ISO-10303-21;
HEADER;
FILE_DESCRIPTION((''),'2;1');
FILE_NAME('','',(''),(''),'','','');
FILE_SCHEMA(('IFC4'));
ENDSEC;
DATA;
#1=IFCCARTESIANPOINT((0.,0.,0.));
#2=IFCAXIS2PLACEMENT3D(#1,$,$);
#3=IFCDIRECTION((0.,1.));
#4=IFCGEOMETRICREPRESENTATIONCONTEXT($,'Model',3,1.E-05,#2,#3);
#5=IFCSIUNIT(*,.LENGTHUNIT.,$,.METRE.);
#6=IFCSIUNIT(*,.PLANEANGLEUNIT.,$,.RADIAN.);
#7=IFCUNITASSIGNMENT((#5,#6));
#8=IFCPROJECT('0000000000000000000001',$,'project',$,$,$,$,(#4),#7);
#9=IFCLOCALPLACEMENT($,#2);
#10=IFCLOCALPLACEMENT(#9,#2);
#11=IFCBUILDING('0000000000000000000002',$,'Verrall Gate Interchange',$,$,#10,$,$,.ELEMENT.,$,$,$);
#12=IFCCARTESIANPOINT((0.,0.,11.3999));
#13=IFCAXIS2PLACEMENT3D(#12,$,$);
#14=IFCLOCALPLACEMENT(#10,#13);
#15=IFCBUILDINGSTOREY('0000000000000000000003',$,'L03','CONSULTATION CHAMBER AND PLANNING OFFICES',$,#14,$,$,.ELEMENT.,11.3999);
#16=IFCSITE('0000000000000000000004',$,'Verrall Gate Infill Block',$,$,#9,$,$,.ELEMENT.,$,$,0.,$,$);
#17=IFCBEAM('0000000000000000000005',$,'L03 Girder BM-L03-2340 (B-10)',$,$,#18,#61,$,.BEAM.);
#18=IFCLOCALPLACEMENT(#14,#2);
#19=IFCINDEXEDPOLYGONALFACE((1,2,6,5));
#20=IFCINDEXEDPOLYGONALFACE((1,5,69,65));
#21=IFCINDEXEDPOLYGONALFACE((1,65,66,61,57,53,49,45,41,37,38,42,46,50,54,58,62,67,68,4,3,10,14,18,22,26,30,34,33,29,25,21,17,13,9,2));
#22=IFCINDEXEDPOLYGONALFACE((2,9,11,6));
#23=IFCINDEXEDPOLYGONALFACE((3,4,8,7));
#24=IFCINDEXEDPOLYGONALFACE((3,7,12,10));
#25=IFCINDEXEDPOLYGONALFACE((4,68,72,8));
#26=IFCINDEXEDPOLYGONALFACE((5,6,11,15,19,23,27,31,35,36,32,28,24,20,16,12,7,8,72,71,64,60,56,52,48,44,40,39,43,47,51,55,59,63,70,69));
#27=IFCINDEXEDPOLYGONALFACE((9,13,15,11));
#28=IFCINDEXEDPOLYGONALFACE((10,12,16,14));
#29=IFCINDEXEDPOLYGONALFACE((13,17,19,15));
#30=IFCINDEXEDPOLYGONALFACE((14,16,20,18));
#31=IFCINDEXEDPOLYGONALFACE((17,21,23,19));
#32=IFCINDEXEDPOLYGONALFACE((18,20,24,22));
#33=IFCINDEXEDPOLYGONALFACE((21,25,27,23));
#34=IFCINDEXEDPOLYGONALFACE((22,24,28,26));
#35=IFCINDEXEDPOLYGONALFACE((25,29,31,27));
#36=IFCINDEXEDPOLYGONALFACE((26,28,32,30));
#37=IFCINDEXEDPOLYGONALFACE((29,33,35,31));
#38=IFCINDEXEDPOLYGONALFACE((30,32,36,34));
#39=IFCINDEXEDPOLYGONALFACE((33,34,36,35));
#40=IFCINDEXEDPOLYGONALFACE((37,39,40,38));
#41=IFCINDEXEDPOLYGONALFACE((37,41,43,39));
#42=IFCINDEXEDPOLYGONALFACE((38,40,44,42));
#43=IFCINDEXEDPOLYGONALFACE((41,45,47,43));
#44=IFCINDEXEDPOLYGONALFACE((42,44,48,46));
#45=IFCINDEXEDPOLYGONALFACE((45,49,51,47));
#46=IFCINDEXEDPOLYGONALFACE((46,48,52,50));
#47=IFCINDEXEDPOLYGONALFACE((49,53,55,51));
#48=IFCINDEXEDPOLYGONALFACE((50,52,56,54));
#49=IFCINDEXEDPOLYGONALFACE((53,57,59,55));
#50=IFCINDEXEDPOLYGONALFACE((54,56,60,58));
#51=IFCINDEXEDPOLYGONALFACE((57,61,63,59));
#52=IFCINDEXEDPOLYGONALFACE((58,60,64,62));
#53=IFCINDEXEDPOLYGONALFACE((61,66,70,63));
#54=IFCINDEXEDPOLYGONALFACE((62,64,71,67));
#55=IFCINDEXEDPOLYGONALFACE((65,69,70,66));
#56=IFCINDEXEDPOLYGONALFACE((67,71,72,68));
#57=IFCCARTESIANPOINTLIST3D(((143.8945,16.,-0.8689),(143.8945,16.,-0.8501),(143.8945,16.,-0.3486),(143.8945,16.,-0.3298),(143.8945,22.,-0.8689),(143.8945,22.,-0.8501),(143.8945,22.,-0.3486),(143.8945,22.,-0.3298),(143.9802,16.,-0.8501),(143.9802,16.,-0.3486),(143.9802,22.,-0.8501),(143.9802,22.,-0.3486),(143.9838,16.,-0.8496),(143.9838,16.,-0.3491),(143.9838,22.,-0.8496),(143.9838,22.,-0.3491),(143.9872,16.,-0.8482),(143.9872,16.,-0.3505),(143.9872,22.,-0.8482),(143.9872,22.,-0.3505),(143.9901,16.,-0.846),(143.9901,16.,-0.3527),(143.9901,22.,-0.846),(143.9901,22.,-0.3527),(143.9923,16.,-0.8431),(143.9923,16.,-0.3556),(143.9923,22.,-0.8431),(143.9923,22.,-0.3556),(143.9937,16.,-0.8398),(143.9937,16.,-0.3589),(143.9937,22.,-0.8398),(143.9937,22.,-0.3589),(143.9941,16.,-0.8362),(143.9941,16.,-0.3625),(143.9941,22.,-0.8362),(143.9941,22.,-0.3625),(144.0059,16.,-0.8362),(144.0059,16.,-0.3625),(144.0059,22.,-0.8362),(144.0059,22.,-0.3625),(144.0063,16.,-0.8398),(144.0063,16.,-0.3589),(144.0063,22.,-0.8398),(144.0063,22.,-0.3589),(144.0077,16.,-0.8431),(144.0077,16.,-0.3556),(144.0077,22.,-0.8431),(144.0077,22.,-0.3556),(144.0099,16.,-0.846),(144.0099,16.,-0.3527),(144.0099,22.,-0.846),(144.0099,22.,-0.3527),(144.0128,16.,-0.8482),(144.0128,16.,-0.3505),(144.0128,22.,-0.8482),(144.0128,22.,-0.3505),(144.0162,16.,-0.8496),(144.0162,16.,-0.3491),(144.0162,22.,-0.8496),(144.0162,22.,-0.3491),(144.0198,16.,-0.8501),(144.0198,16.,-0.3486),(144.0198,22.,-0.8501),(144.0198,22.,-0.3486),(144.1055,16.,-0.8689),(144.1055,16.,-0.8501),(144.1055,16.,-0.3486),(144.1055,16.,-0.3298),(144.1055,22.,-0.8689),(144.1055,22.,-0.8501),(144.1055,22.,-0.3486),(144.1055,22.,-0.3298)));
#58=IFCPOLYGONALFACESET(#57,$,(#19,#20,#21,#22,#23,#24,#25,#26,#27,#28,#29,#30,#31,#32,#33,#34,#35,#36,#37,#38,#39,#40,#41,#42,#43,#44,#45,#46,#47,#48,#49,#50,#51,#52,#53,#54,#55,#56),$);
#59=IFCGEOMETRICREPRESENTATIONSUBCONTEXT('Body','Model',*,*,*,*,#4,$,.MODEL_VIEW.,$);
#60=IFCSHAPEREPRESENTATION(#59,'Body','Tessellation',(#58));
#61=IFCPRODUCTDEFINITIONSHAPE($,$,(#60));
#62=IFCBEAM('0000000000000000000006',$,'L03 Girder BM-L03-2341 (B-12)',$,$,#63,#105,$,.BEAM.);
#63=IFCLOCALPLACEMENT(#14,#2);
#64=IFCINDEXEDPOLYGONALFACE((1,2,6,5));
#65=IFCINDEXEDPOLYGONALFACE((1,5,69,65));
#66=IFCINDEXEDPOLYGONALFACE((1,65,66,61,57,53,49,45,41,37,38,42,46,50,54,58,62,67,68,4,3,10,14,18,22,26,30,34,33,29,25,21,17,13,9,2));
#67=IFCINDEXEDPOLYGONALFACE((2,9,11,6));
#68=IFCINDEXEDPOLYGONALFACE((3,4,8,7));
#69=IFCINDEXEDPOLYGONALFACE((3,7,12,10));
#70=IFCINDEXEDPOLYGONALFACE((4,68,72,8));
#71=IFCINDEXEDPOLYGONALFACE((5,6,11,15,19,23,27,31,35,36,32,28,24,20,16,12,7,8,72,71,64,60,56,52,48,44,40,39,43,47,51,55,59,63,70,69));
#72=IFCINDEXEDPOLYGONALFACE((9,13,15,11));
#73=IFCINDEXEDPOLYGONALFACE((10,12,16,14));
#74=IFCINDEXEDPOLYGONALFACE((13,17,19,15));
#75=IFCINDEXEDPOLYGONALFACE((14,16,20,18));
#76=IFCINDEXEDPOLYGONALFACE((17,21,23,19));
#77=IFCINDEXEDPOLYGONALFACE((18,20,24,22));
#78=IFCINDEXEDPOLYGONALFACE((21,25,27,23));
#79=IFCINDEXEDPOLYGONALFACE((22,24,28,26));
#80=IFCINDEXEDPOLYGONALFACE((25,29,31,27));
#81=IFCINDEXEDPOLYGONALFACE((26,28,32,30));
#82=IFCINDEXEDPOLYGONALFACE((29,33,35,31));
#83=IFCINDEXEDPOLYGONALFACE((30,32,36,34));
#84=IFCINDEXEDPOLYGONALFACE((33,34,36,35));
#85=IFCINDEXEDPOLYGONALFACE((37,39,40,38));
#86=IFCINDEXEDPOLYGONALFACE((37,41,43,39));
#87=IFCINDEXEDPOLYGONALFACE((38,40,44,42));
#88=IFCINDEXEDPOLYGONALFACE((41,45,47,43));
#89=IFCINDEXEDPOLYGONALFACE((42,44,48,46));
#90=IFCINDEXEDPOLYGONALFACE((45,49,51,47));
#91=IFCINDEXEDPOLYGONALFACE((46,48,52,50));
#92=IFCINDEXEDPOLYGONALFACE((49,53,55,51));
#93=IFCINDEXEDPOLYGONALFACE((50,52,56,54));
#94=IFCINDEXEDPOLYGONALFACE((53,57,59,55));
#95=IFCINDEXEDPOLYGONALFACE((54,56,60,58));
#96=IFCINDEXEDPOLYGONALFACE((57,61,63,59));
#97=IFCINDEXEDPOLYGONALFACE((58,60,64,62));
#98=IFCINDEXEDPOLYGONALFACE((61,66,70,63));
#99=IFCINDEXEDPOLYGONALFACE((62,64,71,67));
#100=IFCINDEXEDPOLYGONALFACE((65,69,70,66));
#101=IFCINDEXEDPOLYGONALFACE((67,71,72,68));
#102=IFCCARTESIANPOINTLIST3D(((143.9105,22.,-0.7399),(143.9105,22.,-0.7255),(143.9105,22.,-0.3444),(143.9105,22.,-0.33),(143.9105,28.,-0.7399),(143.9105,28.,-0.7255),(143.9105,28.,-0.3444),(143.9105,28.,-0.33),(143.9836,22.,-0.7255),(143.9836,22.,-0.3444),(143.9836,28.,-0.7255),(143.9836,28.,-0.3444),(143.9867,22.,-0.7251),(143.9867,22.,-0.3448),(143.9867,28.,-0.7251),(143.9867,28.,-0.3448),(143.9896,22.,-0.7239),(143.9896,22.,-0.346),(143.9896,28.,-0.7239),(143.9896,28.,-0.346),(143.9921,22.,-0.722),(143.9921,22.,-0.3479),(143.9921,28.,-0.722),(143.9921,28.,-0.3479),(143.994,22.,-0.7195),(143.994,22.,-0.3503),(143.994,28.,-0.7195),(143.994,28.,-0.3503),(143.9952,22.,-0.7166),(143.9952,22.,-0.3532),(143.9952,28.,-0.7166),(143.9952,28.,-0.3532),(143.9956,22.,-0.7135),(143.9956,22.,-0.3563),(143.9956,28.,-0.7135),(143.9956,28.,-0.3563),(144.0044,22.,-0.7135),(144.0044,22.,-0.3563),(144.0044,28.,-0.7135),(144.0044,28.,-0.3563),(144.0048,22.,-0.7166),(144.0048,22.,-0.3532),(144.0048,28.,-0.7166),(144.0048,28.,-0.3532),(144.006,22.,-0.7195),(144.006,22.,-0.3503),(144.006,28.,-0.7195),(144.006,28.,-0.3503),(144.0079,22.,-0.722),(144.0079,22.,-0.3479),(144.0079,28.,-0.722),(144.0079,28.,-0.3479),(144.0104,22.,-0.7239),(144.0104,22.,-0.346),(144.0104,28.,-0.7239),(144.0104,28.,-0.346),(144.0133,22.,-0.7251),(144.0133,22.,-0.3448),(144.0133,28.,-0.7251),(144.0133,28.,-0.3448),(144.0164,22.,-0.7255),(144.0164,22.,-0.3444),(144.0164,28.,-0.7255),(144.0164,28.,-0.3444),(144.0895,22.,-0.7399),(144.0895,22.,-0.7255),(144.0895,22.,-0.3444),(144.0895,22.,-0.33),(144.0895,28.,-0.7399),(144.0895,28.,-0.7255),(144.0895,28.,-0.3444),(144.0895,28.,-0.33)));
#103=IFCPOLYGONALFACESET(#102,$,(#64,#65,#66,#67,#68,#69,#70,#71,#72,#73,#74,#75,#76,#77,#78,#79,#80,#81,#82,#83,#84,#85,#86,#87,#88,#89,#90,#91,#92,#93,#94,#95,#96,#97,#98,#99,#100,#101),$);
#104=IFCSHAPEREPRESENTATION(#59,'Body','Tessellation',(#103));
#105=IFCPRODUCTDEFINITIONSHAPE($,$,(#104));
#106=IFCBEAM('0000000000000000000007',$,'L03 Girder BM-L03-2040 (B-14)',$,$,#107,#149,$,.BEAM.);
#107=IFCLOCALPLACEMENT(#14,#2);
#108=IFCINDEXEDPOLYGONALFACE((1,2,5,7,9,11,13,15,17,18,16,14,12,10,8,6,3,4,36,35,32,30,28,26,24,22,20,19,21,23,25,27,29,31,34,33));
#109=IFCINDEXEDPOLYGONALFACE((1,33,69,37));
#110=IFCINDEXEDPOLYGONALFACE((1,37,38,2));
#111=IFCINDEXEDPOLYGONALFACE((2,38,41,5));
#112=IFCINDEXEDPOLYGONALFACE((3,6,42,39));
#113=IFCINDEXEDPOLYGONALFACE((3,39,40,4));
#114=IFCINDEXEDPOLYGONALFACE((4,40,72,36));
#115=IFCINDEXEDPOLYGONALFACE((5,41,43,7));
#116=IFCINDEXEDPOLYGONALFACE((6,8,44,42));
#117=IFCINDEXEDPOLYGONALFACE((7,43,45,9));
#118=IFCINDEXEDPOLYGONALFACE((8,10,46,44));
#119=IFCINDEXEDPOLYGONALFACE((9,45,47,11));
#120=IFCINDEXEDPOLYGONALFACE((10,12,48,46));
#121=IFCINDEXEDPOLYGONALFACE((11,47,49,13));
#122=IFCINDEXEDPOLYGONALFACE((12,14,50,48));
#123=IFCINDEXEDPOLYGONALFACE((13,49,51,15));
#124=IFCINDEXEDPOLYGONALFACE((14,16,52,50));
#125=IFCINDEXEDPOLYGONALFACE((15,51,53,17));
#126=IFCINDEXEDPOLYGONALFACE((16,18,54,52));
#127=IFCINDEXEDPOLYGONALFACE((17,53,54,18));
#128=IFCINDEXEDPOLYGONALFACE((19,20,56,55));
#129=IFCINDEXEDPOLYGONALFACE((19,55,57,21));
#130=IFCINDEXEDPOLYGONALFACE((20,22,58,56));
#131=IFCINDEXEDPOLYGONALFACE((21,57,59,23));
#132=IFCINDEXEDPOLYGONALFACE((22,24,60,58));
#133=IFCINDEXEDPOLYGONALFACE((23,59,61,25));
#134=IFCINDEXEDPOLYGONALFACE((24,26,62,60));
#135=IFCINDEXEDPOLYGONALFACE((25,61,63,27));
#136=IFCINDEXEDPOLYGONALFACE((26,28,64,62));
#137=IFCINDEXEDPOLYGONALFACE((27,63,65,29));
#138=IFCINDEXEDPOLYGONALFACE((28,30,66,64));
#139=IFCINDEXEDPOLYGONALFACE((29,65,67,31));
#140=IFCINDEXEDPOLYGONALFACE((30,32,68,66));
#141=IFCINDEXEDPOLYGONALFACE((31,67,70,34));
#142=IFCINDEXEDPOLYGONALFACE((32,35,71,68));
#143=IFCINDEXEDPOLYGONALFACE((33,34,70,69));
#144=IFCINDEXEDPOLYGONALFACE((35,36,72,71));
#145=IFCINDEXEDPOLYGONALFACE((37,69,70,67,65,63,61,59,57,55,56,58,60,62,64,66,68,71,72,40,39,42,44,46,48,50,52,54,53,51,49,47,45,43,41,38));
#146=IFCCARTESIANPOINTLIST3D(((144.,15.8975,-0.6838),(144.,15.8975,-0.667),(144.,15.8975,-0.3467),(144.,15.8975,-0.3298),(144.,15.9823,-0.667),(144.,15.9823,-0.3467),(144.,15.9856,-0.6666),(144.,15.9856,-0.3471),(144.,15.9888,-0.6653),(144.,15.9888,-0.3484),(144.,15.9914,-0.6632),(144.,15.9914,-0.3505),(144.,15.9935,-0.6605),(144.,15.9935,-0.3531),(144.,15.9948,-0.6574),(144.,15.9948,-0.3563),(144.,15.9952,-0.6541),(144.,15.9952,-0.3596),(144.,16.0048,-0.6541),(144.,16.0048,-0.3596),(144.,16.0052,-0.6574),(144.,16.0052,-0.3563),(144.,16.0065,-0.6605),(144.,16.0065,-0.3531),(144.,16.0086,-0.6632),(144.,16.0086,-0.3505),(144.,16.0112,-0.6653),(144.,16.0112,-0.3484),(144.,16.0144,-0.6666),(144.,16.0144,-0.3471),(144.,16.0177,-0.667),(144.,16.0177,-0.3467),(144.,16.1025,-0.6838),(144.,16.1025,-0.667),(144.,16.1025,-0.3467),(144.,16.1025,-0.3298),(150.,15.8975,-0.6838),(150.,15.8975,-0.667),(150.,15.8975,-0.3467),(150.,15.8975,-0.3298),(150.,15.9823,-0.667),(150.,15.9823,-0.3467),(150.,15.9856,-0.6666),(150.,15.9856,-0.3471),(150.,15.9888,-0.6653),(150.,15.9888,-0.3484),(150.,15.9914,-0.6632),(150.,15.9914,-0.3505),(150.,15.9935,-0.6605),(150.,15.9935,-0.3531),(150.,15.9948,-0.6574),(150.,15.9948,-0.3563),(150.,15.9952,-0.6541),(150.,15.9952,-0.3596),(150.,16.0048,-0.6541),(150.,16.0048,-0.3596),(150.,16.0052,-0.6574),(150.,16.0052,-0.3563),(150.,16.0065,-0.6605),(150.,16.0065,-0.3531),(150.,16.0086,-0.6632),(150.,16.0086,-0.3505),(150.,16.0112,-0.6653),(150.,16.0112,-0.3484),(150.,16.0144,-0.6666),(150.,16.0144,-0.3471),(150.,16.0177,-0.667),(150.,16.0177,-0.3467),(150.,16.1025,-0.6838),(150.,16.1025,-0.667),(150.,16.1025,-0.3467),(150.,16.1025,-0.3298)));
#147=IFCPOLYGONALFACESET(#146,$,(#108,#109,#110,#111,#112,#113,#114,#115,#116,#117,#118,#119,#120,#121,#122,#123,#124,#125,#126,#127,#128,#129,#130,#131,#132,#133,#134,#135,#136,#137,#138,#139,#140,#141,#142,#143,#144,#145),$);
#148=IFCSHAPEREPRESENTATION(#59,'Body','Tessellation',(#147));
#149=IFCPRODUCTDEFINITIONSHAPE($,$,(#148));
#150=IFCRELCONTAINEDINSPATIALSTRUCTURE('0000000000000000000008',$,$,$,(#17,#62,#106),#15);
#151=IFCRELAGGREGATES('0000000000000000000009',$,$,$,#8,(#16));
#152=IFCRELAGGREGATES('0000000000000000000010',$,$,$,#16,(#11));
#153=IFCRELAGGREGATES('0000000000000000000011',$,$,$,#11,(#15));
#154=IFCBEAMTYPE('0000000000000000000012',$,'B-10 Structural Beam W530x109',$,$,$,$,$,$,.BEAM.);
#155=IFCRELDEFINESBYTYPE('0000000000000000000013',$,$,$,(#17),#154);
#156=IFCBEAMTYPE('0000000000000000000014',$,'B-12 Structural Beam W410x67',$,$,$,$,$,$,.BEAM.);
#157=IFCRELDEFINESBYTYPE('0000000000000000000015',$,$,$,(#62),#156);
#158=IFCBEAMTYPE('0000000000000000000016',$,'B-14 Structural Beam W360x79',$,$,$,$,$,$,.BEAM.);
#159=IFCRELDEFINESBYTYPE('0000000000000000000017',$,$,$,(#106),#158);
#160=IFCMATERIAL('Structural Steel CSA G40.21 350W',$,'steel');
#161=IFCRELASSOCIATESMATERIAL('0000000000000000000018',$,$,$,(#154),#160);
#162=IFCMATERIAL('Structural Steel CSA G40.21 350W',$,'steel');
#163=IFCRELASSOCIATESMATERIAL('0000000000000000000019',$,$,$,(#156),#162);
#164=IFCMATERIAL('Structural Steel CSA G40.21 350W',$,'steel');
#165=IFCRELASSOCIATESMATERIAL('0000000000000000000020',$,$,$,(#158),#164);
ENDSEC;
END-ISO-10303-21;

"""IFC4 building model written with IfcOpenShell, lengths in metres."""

from ifc_helpers import new_model, si_unit, direction, frame, origin, origin_2d, place, context, subcontext, project, spatial, i_section, extrude, material, material_profile, profile_set, type_object, element, save


model = new_model("IFC4")

# Units and contexts
model_context = context("Model", 3, precision=1e-05, world=origin(), true_north=direction((0.0, 1.0)))
body_context = subcontext(model_context, "Body", "Model", "MODEL_VIEW")
ifc_project = project(units=[si_unit("LENGTHUNIT", "METRE"), si_unit("PLANEANGLEUNIT", "RADIAN")], contexts=[model_context])

# Site, building, storey
site_placement = place(None, origin())
site = spatial("IfcSite", under=ifc_project, at=site_placement, Name="Verrall Gate Infill Block", CompositionType="ELEMENT", RefElevation=0.0)
building_placement = place(site_placement, origin())
building = spatial("IfcBuilding", under=site, at=building_placement, Name="Verrall Gate Interchange", CompositionType="ELEMENT")
storey_placement = place(building_placement, frame((0.0, 0.0, 11.3999)))
storey = spatial("IfcBuildingStorey", under=building, at=storey_placement, Name="L03", Description="CONSULTATION CHAMBER AND PLANNING OFFICES", CompositionType="ELEMENT", Elevation=11.3999)

# Beams
ifc_material_1 = material(Name="Structural Steel CSA G40.21 350W", Category="steel")
ifc_material_profile_1 = material_profile(ifc_material_1, i_section(OverallWidth=0.2109, OverallDepth=0.5391, WebThickness=0.0117, FlangeThickness=0.0188, FilletRadius=0.0139, at=origin_2d()), Name="W530x109")
ifc_profile_set_1 = profile_set([ifc_material_profile_1], Name="Structural Steel CSA G40.21 350W")
beam_type_1 = type_object("IfcBeamType", Name="B-10 Structural Beam W530x109", PredefinedType="BEAM", material=ifc_profile_set_1)
beam_1_placement = place(storey_placement, frame((144.0, 16.0, -0.5994), z_axis=(0.0, 1.0, 0.0), x_axis=(-1.0, 0.0, 0.0)))
element("IfcBeam", 1, at=beam_1_placement, inside=storey, type_object=beam_type_1, Name="L03 Girder BM-L03-2340 (B-10)", PredefinedType="BEAM", context=body_context, shape_type="SweptSolid", body=[
    extrude(i_section(OverallWidth=0.2109, OverallDepth=0.5391, WebThickness=0.0117, FlangeThickness=0.0188, FilletRadius=0.0139, at=origin_2d()), origin(), (0.0, 0.0, 1.0), 6.0),
])
ifc_material_2 = material(Name="Structural Steel CSA G40.21 350W", Category="steel")
ifc_material_profile_2 = material_profile(ifc_material_2, i_section(OverallWidth=0.179, OverallDepth=0.4099, WebThickness=0.0088, FlangeThickness=0.0144, FilletRadius=0.012, at=origin_2d()), Name="W410x67")
ifc_profile_set_2 = profile_set([ifc_material_profile_2], Name="Structural Steel CSA G40.21 350W")
beam_type_2 = type_object("IfcBeamType", Name="B-12 Structural Beam W410x67", PredefinedType="BEAM", material=ifc_profile_set_2)
beam_2_placement = place(storey_placement, frame((144.0, 22.0, -0.5349), z_axis=(0.0, 1.0, 0.0), x_axis=(-1.0, 0.0, 0.0)))
element("IfcBeam", 2, at=beam_2_placement, inside=storey, type_object=beam_type_2, Name="L03 Girder BM-L03-2341 (B-12)", PredefinedType="BEAM", context=body_context, shape_type="SweptSolid", body=[
    extrude(i_section(OverallWidth=0.179, OverallDepth=0.4099, WebThickness=0.0088, FlangeThickness=0.0144, FilletRadius=0.012, at=origin_2d()), origin(), (0.0, 0.0, 1.0), 6.0),
])
ifc_material_3 = material(Name="Structural Steel CSA G40.21 350W", Category="steel")
ifc_material_profile_3 = material_profile(ifc_material_3, i_section(OverallWidth=0.2051, OverallDepth=0.354, WebThickness=0.0095, FlangeThickness=0.0168, FilletRadius=0.0129, at=origin_2d()), Name="W360x79")
ifc_profile_set_3 = profile_set([ifc_material_profile_3], Name="Structural Steel CSA G40.21 350W")
beam_type_3 = type_object("IfcBeamType", Name="B-14 Structural Beam W360x79", PredefinedType="BEAM", material=ifc_profile_set_3)
beam_3_placement = place(storey_placement, frame((144.0, 16.0, -0.5068), z_axis=(1.0, 0.0, 0.0), x_axis=(0.0, 1.0, 0.0)))
element("IfcBeam", 3, at=beam_3_placement, inside=storey, type_object=beam_type_3, Name="L03 Girder BM-L03-2040 (B-14)", PredefinedType="BEAM", context=body_context, shape_type="SweptSolid", body=[
    extrude(i_section(OverallWidth=0.2051, OverallDepth=0.354, WebThickness=0.0095, FlangeThickness=0.0168, FilletRadius=0.0129, at=origin_2d()), origin(), (0.0, 0.0, 1.0), 6.0),
])

save(model, "model.ifc")
